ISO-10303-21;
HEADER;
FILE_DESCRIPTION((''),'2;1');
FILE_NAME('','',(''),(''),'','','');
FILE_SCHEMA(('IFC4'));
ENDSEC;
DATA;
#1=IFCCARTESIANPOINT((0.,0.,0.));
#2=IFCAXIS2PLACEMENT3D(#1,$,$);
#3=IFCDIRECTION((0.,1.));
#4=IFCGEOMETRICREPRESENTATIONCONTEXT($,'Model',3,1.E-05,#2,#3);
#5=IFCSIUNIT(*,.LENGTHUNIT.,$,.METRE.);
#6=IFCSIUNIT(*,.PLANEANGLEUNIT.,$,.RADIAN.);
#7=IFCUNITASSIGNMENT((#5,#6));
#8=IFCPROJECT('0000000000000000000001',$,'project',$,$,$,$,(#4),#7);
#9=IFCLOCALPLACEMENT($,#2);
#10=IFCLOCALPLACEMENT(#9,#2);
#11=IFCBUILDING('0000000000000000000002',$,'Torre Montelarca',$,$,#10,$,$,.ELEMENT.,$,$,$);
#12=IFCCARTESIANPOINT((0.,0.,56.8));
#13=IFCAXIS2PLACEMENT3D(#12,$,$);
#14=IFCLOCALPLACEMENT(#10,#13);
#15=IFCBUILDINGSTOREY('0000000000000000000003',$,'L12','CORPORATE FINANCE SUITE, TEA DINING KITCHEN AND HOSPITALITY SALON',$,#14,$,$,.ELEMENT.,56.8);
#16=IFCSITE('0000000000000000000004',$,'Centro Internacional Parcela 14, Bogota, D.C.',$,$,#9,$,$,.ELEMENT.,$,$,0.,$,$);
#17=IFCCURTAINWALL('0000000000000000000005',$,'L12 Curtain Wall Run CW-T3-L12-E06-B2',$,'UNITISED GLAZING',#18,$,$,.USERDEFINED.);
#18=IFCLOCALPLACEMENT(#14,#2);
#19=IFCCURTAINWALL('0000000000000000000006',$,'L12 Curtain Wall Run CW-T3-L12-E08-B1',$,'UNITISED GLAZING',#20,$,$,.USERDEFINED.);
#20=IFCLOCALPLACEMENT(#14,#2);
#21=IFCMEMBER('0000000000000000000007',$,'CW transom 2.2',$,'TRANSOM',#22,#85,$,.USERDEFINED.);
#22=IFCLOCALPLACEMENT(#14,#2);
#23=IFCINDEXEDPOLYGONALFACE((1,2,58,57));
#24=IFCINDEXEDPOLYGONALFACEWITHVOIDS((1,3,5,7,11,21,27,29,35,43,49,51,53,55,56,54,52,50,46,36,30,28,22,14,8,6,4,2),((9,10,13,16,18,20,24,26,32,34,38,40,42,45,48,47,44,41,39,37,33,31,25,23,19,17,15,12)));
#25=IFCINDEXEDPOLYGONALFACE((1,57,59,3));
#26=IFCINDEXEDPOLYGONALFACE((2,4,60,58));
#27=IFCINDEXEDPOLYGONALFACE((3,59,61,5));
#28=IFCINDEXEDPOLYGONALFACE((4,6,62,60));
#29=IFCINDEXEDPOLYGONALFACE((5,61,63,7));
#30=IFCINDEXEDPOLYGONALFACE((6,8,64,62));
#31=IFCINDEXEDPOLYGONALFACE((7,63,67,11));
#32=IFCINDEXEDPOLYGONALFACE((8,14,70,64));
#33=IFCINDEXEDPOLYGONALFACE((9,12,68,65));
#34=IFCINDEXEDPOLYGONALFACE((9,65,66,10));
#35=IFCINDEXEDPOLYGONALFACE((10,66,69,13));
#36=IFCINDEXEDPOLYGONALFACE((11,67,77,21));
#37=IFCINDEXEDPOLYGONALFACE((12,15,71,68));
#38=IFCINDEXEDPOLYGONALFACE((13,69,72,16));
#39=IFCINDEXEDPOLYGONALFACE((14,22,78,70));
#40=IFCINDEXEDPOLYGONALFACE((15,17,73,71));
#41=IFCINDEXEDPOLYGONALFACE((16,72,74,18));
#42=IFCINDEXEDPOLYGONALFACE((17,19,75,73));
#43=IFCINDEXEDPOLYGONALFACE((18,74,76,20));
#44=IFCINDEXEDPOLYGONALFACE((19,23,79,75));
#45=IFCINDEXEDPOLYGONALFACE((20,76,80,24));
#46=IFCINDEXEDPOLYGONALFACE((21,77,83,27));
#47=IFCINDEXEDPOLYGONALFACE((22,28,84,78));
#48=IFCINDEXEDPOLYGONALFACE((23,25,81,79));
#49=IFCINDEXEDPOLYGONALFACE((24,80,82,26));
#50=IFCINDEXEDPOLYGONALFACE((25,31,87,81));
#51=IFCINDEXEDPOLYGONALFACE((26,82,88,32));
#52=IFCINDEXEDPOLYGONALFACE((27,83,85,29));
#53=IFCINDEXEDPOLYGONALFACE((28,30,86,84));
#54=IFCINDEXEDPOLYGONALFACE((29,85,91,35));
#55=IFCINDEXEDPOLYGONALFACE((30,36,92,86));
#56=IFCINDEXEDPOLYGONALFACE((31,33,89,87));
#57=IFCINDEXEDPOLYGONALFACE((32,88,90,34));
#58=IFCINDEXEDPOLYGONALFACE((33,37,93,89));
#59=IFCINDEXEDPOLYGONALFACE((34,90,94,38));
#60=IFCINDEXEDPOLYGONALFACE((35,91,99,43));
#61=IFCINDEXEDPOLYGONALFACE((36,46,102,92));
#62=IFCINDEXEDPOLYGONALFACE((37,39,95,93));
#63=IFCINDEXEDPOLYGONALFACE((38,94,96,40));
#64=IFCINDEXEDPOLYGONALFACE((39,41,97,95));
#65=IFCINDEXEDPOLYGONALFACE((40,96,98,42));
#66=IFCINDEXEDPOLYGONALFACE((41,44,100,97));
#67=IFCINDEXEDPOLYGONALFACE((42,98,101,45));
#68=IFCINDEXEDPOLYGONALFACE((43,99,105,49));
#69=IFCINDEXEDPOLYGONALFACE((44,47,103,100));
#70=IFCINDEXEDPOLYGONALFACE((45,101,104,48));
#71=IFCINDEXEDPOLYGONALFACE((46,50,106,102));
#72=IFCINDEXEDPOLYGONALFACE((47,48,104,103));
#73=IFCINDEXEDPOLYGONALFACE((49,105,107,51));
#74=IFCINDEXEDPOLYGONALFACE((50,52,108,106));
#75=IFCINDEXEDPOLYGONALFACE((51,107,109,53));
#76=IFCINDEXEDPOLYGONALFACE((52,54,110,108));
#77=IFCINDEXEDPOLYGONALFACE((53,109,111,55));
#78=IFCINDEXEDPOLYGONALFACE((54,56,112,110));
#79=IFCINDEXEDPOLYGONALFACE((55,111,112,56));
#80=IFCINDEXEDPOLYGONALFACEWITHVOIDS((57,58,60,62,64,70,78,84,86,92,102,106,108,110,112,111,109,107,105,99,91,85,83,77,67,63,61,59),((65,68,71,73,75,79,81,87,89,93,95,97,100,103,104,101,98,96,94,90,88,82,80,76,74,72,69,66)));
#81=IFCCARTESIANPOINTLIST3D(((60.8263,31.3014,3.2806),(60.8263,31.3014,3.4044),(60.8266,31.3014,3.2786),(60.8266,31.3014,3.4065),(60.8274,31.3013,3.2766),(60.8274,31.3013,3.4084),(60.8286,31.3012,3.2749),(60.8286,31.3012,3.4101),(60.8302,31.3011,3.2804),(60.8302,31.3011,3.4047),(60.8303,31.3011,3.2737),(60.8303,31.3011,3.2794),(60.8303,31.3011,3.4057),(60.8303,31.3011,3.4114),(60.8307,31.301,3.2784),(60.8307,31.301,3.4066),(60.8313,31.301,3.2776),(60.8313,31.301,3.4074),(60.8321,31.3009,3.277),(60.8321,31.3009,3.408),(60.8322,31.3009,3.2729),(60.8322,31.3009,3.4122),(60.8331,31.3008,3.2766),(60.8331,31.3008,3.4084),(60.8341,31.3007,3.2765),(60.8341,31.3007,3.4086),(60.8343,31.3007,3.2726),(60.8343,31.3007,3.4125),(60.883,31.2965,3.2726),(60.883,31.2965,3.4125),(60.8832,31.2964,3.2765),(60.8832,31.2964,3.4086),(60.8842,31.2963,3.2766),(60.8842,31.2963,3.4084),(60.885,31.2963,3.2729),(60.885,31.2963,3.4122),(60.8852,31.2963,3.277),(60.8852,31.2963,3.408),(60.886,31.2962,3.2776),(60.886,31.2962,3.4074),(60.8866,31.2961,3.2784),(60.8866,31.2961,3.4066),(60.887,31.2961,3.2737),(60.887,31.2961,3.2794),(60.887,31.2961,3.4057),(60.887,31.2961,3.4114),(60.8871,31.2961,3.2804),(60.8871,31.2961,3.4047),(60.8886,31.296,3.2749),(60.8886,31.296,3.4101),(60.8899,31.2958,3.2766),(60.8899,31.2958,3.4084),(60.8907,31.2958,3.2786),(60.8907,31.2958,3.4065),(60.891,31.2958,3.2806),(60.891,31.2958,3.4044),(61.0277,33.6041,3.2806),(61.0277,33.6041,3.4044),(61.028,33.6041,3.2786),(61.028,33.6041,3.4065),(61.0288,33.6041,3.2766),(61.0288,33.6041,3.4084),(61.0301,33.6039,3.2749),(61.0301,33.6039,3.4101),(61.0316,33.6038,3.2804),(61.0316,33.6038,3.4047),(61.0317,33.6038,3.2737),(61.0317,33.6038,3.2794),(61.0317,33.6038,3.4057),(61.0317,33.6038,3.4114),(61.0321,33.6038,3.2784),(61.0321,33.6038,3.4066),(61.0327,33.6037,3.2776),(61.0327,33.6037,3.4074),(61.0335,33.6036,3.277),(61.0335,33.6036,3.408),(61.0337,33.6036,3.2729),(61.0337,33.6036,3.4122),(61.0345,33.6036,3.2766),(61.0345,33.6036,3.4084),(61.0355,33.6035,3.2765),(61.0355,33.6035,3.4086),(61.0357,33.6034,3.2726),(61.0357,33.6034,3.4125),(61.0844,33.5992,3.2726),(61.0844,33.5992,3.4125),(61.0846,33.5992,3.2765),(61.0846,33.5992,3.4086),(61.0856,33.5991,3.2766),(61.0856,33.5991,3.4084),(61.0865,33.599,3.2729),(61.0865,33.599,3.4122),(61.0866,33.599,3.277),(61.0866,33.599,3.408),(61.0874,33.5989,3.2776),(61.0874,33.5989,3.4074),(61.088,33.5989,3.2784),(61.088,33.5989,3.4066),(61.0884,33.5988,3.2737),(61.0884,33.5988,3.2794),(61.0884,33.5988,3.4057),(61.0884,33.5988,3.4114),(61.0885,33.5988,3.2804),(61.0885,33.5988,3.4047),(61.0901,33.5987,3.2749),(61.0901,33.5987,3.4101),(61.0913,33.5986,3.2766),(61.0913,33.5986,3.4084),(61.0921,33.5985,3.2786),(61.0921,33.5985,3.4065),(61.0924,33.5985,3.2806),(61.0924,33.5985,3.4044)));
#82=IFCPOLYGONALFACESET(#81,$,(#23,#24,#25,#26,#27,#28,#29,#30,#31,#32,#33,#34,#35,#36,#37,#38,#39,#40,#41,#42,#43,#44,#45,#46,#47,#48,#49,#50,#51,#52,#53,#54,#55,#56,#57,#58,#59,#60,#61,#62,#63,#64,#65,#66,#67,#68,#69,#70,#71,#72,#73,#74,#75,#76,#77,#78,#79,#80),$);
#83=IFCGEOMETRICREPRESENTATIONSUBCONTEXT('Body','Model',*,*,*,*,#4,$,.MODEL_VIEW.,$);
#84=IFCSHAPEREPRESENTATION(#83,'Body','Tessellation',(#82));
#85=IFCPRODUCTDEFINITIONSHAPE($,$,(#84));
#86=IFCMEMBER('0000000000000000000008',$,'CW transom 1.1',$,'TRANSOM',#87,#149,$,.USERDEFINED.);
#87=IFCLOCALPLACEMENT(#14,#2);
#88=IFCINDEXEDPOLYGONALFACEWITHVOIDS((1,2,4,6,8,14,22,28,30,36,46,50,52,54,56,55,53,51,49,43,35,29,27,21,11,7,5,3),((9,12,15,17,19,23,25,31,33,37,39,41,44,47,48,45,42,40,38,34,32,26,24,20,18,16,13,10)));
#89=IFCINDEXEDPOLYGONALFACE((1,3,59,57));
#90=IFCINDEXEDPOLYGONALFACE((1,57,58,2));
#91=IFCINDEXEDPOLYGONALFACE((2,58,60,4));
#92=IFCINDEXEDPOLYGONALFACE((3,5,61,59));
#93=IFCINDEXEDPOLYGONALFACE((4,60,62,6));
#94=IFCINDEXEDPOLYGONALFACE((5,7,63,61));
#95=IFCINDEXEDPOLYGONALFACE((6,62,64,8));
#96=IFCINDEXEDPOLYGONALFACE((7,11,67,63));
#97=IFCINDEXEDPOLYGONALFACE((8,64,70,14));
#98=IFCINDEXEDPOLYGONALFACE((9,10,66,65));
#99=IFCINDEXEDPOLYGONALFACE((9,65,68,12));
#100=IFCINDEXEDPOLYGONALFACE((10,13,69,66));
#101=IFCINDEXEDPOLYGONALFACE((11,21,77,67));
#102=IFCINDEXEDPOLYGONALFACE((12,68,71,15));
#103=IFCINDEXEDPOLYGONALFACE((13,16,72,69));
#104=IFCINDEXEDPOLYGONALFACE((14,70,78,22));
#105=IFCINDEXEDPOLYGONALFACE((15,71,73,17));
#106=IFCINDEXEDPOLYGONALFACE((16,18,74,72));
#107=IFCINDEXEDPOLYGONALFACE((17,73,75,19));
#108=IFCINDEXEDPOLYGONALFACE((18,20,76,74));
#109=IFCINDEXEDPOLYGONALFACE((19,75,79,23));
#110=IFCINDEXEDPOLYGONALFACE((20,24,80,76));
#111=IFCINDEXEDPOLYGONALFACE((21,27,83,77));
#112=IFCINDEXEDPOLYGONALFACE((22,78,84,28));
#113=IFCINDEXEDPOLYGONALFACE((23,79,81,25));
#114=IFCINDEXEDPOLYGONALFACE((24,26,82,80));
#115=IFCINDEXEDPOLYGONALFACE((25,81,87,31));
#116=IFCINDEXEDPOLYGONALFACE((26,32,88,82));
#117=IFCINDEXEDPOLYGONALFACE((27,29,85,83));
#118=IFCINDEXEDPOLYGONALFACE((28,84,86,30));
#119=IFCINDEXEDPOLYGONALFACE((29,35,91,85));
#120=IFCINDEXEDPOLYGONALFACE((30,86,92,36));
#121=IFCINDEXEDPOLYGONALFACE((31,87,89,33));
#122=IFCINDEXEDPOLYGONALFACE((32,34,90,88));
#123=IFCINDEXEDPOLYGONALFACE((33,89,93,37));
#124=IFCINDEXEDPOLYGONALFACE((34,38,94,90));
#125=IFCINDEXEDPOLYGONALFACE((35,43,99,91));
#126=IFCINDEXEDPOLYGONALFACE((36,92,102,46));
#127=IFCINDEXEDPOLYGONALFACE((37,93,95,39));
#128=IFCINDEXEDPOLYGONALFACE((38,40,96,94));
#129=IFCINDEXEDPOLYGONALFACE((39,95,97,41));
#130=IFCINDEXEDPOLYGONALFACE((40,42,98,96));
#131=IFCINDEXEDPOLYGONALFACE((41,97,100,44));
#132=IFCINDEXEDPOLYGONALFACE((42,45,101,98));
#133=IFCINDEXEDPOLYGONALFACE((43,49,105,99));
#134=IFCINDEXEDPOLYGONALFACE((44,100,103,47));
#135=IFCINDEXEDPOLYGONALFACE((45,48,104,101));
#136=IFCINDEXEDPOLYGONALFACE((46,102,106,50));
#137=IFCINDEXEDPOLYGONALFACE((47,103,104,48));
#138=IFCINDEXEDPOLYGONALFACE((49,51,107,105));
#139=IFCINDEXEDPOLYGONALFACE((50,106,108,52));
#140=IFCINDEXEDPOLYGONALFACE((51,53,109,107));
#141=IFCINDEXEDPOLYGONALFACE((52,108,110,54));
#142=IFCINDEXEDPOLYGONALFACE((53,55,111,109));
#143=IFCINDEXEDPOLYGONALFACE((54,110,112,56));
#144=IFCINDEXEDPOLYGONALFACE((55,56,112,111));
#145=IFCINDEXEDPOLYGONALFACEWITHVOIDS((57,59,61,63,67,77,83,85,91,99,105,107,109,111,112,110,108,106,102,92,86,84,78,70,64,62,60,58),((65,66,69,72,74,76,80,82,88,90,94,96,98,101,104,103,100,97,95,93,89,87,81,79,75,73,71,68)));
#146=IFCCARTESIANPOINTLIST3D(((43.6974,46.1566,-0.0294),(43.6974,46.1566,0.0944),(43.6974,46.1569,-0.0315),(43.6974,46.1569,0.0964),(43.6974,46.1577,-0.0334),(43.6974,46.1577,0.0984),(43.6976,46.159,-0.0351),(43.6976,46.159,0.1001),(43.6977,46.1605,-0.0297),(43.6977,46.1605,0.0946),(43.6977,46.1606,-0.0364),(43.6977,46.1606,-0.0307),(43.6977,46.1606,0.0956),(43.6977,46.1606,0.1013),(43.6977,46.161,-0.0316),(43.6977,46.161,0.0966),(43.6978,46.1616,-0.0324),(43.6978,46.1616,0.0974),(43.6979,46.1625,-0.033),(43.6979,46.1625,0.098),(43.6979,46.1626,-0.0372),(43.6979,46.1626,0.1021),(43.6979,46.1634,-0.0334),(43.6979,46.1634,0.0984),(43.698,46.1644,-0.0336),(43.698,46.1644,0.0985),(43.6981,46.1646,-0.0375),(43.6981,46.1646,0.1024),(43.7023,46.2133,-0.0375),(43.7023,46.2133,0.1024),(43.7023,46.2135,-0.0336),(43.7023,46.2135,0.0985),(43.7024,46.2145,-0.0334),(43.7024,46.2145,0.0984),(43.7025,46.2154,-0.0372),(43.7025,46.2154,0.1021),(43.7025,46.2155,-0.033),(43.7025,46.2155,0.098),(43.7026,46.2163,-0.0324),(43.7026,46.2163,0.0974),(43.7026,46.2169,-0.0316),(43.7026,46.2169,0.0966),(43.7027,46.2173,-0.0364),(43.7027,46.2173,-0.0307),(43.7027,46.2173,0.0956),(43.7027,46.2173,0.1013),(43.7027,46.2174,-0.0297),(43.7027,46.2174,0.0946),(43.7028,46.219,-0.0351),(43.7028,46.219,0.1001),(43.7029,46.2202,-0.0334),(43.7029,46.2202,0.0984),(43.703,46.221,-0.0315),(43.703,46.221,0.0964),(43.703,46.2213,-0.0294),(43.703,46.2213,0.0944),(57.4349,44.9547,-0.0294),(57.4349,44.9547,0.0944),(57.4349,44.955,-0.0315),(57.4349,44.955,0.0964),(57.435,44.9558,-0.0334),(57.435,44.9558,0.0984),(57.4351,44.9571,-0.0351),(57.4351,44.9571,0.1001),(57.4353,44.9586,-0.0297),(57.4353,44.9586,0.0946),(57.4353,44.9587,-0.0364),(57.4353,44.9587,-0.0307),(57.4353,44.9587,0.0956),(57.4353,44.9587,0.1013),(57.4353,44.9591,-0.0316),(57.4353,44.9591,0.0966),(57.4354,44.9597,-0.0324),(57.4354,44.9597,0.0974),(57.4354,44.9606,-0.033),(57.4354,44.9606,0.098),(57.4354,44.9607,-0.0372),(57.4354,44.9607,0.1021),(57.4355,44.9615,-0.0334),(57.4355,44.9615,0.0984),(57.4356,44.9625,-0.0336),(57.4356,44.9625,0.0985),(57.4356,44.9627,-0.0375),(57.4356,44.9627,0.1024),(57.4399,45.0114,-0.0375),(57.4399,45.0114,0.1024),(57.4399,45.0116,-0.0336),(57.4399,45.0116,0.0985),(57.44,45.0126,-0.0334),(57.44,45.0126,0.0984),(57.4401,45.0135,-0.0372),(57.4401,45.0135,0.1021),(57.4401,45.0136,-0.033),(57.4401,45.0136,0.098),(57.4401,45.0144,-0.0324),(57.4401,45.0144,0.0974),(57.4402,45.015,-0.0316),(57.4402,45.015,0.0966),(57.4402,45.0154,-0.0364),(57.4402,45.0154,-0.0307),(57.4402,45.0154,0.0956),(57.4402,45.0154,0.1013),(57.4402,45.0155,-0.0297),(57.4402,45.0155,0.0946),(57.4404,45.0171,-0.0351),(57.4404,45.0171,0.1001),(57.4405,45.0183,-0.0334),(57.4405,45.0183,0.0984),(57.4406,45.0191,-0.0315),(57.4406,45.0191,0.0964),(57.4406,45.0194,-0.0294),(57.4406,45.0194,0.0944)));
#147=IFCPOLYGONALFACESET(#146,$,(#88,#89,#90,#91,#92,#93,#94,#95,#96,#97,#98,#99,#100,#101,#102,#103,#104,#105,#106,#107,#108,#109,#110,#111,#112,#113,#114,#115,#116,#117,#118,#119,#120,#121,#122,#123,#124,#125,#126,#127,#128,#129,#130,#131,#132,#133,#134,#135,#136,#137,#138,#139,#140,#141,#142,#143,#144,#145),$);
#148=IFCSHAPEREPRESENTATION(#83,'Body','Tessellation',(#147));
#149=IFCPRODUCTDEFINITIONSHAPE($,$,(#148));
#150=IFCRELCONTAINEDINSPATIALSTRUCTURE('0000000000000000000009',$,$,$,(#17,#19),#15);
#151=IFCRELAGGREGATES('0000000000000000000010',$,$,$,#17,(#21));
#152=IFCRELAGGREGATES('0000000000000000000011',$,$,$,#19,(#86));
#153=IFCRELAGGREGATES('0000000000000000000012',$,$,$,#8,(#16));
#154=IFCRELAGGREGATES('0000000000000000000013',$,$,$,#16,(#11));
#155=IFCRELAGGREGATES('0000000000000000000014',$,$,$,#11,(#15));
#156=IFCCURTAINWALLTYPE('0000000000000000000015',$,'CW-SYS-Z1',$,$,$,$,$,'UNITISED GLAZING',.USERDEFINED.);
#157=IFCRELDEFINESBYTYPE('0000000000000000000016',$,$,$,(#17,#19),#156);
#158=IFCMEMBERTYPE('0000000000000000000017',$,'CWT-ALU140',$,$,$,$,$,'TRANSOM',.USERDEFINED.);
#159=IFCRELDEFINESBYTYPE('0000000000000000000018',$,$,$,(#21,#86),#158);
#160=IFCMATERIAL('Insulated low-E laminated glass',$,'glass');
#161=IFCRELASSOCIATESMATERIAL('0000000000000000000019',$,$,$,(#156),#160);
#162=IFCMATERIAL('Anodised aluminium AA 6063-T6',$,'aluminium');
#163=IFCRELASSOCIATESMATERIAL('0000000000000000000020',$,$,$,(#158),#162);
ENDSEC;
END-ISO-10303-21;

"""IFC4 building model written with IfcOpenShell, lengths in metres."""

from ifc_helpers import new_model, si_unit, direction, frame, origin, origin_2d, place, context, subcontext, project, spatial, hollow_rectangle, extrude, source, transform, mapped, material, material_profile, profile_set, type_object, element, aggregate, save


model = new_model("IFC4")

# Units and contexts
model_context = context("Model", 3, precision=1e-05, world=origin(), true_north=direction((0.0, 1.0)))
body_context = subcontext(model_context, "Body", "Model", "MODEL_VIEW")
ifc_project = project(units=[si_unit("LENGTHUNIT", "METRE"), si_unit("PLANEANGLEUNIT", "RADIAN")], contexts=[model_context])

# Site, building, storey
site_placement = place(None, origin())
site = spatial("IfcSite", under=ifc_project, at=site_placement, Name="Centro Internacional Parcela 14, Bogota, D.C.", CompositionType="ELEMENT", RefElevation=0.0)
building_placement = place(site_placement, origin())
building = spatial("IfcBuilding", under=site, at=building_placement, Name="Torre Montelarca", CompositionType="ELEMENT")
storey_placement = place(building_placement, frame((0.0, 0.0, 56.8)))
storey = spatial("IfcBuildingStorey", under=building, at=storey_placement, Name="L12", Description="CORPORATE FINANCE SUITE, TEA DINING KITCHEN AND HOSPITALITY SALON", CompositionType="ELEMENT", Elevation=56.8)

# Curtain wall
ifc_material_1 = material(Name="Insulated low-E laminated glass", Category="glass")
curtain_wall_type = type_object("IfcCurtainWallType", Name="CW-SYS-Z1", ElementType="UNITISED GLAZING", PredefinedType="USERDEFINED", material=ifc_material_1)
ifc_material_2 = material(Name="Anodised aluminium AA 6063-T6", Category="aluminium")
ifc_material_profile_1 = material_profile(ifc_material_2, hollow_rectangle(XDim=0.0649, YDim=0.1399, WallThickness=0.0039, InnerFilletRadius=0.0039, OuterFilletRadius=0.0081, at=origin_2d()), Name="ALU65X140X4", Category="aluminium")
ifc_profile_set_1 = profile_set([ifc_material_profile_1], Name="Anodised aluminium AA 6063-T6")
member_type_1 = type_object("IfcMemberType", Name="CWT-ALU140", ElementType="TRANSOM", PredefinedType="USERDEFINED", material=ifc_profile_set_1)
curtain_wall_1_placement = place(storey_placement, origin())
curtain_wall_1 = element("IfcCurtainWall", 1, at=curtain_wall_1_placement, inside=storey, type_object=curtain_wall_type, Name="L12 Curtain Wall Run CW-T3-L12-E06-B2", ObjectType="UNITISED GLAZING", PredefinedType="USERDEFINED")

# Curtain wall
curtain_wall_2_placement = place(storey_placement, origin())
curtain_wall_2 = element("IfcCurtainWall", 2, at=curtain_wall_2_placement, inside=storey, type_object=curtain_wall_type, Name="L12 Curtain Wall Run CW-T3-L12-E08-B1", ObjectType="UNITISED GLAZING", PredefinedType="USERDEFINED")

# Members
shared_shape_1 = source(origin(), body_context, "Body", "SweptSolid", [
    extrude(hollow_rectangle(XDim=0.0649, YDim=0.1399, WallThickness=0.0039, InnerFilletRadius=0.0039, OuterFilletRadius=0.0081, at=origin_2d()), origin(), (0.0, 0.0, 1.0), 2.3115),
])
member_1_placement = place(storey_placement, frame((60.8586, 31.2986, 3.3425), z_axis=(0.087136, 0.996196, 0.0), x_axis=(-0.996196, 0.087136, 0.0)))
member_1 = element("IfcMember", 3, at=member_1_placement, type_object=member_type_1, Name="CW transom 2.2", ObjectType="TRANSOM", PredefinedType="USERDEFINED", context=body_context, shape_type="MappedRepresentation", body=[
    mapped(shared_shape_1, transform((0.0, 0.0, 0.0), scale=1.0)),
])
shared_shape_2 = source(origin(), body_context, "Body", "SweptSolid", [
    extrude(hollow_rectangle(XDim=0.0649, YDim=0.1399, WallThickness=0.0039, InnerFilletRadius=0.0039, OuterFilletRadius=0.0081, at=origin_2d()), origin(), (0.0, 0.0, 1.0), 13.79),
])
member_2_placement = place(storey_placement, frame((57.4377, 44.9871, 0.0325), z_axis=(-0.996195, 0.087158, 0.0), x_axis=(-0.087158, -0.996195, 0.0)))
member_2 = element("IfcMember", 4, at=member_2_placement, type_object=member_type_1, Name="CW transom 1.1", ObjectType="TRANSOM", PredefinedType="USERDEFINED", context=body_context, shape_type="MappedRepresentation", body=[
    mapped(shared_shape_2, transform((0.0, 0.0, 0.0), scale=1.0)),
])

aggregate(curtain_wall_1, [member_1])
aggregate(curtain_wall_2, [member_2])

save(model, "model.ifc")
